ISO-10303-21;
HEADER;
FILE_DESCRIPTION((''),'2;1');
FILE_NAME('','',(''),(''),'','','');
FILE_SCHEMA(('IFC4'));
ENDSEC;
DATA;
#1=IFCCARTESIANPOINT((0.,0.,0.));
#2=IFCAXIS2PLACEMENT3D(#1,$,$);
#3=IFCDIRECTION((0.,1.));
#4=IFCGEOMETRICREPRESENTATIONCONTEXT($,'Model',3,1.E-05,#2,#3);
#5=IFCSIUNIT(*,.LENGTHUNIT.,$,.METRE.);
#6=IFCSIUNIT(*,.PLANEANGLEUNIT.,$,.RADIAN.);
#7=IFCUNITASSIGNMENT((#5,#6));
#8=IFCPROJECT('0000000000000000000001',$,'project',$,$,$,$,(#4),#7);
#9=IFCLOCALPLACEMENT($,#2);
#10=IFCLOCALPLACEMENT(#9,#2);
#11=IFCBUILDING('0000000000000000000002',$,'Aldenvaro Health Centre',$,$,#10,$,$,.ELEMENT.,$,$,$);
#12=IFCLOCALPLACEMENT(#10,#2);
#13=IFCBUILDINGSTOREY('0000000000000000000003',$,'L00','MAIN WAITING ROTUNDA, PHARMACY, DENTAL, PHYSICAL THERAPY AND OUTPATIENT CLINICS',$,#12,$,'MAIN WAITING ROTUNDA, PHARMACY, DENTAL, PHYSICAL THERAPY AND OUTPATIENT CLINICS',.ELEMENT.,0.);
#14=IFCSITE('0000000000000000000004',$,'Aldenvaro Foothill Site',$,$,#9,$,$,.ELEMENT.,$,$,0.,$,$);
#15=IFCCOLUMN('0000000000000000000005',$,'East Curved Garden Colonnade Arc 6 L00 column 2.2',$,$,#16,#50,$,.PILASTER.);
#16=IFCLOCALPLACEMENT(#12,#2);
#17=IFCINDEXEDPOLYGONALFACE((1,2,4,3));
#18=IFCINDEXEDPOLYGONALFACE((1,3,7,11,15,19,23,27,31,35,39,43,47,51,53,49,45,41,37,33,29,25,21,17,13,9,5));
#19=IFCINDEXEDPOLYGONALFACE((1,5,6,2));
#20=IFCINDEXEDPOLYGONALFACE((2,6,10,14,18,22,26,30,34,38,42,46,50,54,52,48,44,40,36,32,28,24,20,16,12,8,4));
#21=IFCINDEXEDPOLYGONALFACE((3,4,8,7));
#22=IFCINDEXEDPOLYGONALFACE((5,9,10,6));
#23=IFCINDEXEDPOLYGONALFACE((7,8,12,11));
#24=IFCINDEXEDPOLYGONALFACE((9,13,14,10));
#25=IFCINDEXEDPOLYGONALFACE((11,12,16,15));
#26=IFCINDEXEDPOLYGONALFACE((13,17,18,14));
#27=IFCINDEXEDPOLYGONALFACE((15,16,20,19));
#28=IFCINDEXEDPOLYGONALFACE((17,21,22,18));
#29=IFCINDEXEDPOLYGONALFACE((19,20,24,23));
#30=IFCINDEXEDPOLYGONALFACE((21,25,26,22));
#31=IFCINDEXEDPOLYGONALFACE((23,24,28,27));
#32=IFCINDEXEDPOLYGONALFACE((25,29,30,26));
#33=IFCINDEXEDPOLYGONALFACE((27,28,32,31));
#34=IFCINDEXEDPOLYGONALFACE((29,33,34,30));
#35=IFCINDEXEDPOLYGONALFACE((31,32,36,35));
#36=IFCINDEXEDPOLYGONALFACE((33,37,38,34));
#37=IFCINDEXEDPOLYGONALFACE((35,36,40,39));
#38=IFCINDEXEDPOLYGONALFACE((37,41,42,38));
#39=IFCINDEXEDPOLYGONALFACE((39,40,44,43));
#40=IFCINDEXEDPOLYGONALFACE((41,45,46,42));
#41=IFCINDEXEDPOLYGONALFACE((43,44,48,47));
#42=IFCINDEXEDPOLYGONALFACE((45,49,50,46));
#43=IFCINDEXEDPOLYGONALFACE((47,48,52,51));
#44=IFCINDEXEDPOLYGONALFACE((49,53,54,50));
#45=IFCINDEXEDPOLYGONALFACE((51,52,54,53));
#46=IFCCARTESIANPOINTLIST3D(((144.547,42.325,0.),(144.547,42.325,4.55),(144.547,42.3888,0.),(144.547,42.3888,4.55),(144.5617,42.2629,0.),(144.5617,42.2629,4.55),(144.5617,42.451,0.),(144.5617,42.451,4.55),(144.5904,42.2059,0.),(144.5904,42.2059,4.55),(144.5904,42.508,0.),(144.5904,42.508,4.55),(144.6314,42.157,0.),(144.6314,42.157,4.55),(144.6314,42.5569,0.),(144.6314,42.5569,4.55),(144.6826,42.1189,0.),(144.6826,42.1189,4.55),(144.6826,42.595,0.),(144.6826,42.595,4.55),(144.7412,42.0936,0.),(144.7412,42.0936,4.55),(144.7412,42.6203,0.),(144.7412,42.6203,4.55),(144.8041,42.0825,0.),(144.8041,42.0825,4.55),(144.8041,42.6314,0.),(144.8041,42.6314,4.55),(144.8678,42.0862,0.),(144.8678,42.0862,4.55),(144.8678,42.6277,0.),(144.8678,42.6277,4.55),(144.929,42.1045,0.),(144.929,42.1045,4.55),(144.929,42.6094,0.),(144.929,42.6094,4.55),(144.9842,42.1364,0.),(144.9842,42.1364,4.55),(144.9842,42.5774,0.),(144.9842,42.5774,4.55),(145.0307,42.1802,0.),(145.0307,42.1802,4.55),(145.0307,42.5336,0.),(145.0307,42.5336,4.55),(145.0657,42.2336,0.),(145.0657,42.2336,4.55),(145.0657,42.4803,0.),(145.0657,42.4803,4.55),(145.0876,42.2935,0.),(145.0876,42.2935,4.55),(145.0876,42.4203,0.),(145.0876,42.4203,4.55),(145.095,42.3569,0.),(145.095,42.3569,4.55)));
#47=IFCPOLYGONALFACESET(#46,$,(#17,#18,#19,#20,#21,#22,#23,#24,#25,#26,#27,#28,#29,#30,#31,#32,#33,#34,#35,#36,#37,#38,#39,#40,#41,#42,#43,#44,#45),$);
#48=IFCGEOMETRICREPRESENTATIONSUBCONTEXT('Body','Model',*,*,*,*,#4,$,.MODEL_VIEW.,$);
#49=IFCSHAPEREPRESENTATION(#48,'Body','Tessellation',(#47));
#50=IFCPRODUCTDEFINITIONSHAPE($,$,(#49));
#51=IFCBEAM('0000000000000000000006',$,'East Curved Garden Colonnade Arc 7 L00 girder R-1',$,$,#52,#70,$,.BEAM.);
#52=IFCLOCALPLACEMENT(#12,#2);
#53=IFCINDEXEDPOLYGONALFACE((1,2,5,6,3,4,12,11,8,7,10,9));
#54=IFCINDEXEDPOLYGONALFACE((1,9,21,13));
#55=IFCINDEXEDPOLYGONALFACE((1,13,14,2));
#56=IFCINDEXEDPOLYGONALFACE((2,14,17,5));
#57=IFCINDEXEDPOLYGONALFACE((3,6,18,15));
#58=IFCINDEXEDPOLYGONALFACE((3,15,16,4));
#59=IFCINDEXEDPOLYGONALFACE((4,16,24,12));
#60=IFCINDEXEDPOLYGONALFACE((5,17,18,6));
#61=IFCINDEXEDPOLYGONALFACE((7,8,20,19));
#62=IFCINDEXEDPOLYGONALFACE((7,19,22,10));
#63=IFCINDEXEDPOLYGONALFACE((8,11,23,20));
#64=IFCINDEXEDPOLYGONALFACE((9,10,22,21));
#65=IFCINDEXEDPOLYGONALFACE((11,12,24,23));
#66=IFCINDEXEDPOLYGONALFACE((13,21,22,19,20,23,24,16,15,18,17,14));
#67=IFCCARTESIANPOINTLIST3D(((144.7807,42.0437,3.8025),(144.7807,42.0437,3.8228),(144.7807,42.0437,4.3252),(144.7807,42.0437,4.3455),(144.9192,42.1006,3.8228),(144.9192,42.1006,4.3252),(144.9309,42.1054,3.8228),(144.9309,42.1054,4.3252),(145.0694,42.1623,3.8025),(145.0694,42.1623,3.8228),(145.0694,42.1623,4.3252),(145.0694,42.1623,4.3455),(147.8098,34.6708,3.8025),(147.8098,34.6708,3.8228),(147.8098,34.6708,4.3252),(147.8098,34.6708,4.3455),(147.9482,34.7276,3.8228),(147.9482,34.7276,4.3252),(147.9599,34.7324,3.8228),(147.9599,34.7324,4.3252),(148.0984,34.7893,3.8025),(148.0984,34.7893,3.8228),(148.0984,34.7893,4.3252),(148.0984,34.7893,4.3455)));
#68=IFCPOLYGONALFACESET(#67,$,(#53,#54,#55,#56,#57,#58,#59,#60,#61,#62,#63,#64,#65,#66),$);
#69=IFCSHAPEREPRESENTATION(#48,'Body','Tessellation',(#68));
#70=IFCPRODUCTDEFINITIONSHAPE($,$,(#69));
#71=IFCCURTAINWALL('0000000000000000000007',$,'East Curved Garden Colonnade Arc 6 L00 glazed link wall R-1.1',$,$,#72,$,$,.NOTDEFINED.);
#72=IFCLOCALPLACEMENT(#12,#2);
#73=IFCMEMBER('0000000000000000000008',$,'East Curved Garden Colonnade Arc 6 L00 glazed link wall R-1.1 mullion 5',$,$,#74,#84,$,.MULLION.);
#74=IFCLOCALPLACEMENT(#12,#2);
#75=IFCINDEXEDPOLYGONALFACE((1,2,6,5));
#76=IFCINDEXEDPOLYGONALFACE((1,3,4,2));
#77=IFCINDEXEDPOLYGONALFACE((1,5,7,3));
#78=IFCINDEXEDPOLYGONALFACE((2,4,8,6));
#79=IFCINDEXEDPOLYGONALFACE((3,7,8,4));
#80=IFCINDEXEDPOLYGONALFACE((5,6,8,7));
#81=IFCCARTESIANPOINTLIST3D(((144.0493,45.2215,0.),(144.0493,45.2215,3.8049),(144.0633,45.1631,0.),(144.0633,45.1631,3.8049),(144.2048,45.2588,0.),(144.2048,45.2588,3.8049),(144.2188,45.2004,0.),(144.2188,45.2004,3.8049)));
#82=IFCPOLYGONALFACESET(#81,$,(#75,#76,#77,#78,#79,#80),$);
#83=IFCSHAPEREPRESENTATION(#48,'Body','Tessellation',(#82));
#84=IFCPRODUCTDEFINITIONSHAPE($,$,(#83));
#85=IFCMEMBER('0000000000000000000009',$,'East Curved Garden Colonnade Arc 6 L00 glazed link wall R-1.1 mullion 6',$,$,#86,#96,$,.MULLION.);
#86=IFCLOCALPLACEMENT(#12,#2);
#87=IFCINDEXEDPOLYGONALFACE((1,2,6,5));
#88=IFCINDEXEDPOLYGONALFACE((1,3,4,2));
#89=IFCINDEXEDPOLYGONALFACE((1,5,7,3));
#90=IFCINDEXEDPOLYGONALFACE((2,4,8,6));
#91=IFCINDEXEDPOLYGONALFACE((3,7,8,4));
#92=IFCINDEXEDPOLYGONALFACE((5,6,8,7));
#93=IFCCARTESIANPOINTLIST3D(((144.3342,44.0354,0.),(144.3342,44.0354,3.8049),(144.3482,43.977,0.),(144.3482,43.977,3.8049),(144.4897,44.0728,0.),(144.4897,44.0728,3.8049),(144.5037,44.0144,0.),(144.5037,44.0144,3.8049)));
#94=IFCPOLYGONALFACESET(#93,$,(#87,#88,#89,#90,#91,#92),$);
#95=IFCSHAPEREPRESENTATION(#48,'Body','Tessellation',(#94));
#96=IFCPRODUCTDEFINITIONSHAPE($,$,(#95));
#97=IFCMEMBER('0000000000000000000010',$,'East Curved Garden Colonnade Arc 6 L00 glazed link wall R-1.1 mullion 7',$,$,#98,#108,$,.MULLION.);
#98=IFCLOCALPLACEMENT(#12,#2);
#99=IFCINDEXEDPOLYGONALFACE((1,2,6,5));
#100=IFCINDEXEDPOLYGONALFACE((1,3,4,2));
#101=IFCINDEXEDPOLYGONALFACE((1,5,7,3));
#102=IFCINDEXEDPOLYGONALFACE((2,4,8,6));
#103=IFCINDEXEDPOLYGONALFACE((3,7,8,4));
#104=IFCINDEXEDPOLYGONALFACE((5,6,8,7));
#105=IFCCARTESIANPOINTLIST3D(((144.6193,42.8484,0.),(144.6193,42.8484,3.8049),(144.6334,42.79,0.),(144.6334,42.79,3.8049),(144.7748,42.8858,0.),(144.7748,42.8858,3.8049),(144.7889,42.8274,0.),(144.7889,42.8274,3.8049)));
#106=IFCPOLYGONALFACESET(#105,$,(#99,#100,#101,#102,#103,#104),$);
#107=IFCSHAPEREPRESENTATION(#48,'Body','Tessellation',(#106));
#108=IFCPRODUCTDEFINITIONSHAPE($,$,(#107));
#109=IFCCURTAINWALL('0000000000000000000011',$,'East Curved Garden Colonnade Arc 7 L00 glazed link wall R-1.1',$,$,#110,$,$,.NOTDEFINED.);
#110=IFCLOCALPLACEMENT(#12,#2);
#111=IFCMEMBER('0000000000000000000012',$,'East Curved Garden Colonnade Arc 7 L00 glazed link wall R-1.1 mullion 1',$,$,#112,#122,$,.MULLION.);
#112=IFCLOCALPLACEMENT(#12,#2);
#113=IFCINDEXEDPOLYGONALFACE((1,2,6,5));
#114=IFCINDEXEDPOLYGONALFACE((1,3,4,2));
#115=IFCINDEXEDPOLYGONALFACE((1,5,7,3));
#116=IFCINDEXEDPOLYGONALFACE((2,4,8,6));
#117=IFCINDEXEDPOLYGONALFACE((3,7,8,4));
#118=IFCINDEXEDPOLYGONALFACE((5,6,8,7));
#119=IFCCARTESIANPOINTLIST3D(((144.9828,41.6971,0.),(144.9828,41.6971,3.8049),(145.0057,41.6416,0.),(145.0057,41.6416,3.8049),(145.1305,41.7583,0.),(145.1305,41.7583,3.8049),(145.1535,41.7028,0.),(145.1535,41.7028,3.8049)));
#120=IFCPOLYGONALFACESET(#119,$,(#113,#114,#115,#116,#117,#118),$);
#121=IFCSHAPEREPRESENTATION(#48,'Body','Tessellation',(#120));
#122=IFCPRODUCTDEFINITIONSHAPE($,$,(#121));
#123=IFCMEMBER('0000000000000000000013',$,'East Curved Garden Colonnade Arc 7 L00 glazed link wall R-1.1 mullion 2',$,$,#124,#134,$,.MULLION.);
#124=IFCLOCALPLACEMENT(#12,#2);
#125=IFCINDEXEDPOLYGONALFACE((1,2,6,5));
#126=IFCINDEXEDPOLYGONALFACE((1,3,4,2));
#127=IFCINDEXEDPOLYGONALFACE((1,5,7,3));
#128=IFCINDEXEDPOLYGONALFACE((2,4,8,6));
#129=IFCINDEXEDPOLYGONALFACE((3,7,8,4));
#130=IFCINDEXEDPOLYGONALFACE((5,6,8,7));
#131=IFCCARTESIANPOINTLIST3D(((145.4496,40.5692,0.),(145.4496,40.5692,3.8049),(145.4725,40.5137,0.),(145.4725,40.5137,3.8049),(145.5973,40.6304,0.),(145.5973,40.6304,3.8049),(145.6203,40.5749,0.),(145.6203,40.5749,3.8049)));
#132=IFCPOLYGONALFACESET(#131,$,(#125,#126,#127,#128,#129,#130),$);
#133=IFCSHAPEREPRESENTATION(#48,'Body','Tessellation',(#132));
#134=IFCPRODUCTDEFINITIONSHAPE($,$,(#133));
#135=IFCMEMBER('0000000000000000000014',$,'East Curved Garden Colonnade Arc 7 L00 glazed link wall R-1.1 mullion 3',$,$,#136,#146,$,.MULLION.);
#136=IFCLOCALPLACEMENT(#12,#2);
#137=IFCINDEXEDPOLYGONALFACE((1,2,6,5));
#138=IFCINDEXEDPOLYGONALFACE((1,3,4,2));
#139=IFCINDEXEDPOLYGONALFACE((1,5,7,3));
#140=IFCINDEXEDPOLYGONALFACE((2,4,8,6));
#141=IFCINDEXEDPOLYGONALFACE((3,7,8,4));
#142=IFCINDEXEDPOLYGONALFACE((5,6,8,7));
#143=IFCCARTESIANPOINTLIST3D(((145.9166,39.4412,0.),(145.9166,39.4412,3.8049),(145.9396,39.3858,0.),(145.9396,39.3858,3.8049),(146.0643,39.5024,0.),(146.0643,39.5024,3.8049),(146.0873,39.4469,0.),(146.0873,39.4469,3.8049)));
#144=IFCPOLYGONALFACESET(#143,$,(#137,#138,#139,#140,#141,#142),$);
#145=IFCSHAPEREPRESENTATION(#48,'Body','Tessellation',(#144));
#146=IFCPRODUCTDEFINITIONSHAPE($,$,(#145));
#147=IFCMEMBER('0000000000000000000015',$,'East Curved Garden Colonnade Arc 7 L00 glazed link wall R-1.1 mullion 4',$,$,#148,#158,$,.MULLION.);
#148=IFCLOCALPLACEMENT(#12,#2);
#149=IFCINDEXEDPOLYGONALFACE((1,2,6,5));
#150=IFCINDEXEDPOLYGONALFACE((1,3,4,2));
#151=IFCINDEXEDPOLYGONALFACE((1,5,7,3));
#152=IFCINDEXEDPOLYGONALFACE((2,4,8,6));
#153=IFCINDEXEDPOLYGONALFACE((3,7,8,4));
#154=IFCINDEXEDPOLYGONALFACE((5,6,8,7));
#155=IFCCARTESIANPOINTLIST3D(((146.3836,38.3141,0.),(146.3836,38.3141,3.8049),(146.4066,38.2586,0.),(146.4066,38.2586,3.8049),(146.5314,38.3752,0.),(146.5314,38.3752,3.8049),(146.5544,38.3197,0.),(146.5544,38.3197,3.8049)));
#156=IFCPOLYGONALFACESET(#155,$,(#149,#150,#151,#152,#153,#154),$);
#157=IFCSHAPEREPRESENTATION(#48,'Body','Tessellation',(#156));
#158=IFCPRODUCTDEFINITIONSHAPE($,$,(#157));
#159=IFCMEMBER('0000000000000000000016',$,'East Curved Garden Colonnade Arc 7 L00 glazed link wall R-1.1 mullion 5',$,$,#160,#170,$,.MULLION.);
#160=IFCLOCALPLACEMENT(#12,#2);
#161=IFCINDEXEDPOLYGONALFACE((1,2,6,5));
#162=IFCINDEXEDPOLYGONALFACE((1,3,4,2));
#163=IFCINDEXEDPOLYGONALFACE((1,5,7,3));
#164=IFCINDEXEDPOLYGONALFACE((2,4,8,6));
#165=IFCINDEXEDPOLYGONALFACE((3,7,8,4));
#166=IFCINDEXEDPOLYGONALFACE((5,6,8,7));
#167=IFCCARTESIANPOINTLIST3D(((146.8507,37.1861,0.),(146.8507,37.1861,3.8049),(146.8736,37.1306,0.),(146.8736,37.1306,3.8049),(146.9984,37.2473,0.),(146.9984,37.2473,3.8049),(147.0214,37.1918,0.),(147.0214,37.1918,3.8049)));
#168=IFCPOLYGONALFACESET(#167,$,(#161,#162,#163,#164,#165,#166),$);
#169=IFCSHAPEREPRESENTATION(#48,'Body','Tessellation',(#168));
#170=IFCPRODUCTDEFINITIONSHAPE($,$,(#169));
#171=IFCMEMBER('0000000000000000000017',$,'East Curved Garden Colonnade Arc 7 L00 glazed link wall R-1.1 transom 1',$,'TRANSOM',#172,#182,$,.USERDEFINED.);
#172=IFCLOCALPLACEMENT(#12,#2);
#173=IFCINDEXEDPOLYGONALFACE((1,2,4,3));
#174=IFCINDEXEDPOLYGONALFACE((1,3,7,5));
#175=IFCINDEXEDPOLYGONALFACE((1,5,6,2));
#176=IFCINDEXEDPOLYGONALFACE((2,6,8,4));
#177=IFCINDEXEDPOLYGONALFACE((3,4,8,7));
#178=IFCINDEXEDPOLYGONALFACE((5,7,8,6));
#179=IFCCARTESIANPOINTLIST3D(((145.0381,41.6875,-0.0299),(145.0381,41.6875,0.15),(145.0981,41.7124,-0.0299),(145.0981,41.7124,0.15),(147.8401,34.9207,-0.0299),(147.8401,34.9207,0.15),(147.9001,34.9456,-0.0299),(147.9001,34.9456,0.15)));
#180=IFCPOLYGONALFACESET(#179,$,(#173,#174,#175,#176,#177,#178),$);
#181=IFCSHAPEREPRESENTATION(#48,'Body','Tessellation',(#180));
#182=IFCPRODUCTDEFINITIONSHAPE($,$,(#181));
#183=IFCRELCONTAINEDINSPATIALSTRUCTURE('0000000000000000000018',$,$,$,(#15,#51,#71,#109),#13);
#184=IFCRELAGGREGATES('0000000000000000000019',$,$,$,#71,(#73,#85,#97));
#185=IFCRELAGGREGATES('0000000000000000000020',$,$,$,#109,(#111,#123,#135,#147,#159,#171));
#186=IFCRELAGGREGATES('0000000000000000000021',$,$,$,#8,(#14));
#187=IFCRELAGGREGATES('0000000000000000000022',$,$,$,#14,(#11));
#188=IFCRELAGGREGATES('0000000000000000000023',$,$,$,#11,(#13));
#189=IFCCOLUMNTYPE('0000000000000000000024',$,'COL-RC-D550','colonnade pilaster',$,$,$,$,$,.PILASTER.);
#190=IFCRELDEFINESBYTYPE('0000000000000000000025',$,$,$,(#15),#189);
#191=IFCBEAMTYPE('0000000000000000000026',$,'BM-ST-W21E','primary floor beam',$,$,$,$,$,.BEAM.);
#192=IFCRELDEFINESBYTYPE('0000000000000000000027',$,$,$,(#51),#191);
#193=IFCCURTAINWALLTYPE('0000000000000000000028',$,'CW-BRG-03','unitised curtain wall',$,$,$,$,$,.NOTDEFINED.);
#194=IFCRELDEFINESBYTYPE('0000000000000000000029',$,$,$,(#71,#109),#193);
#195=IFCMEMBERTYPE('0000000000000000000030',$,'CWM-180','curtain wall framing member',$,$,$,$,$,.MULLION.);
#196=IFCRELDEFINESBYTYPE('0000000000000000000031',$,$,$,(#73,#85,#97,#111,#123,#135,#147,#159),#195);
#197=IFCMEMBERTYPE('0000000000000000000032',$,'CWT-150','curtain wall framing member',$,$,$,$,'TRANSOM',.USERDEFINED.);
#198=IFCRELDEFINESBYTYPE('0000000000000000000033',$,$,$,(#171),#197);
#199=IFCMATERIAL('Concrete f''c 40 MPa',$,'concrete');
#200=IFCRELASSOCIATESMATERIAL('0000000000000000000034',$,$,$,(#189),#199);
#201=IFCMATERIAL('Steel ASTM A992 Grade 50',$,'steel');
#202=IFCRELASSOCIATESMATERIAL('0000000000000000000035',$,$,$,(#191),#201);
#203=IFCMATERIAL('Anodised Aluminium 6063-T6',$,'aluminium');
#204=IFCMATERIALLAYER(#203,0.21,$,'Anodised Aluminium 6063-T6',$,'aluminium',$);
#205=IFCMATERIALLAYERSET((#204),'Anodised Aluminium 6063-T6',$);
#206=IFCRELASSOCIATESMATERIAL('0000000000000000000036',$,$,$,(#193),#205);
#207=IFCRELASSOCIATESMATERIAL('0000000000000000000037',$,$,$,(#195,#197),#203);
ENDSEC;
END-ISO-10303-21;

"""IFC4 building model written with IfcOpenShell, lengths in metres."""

from ifc_helpers import new_model, si_unit, direction, frame, origin, origin_2d, place, context, subcontext, project, spatial, rectangle, circle, i_section, extrude, material, layer, layer_set, material_profile, profile_set, type_object, element, aggregate, save


model = new_model("IFC4")

# Units and contexts
model_context = context("Model", 3, precision=1e-05, world=origin(), true_north=direction((0.0, 1.0)))
body_context = subcontext(model_context, "Body", "Model", "MODEL_VIEW")
ifc_project = project(units=[si_unit("LENGTHUNIT", "METRE"), si_unit("PLANEANGLEUNIT", "RADIAN")], contexts=[model_context])

# Site, building, storey
site_placement = place(None, origin())
site = spatial("IfcSite", under=ifc_project, at=site_placement, Name="Aldenvaro Foothill Site", CompositionType="ELEMENT", RefElevation=0.0)
building_placement = place(site_placement, origin())
building = spatial("IfcBuilding", under=site, at=building_placement, Name="Aldenvaro Health Centre", CompositionType="ELEMENT")
storey_placement = place(building_placement, origin())
storey = spatial("IfcBuildingStorey", under=building, at=storey_placement, Name="L00", Description="MAIN WAITING ROTUNDA, PHARMACY, DENTAL, PHYSICAL THERAPY AND OUTPATIENT CLINICS", LongName="MAIN WAITING ROTUNDA, PHARMACY, DENTAL, PHYSICAL THERAPY AND OUTPATIENT CLINICS", CompositionType="ELEMENT", Elevation=0.0)

# Column
ifc_material_1 = material(Name="Concrete f'c 40 MPa", Category="concrete")
ifc_material_profile_1 = material_profile(ifc_material_1, circle(Radius=0.2749, at=origin_2d()), Name="RC D550", Category="concrete")
ifc_profile_set_1 = profile_set([ifc_material_profile_1], Name="Concrete f'c 40 MPa")
column_type = type_object("IfcColumnType", Name="COL-RC-D550", Description="colonnade pilaster", PredefinedType="PILASTER", material=ifc_profile_set_1)
column_placement = place(storey_placement, frame((144.8201, 42.3569, 0.0), z_axis=(0.0, 0.0, 1.0), x_axis=(1.0, 0.0, 0.0)))
element("IfcColumn", 1, at=column_placement, inside=storey, type_object=column_type, Name="East Curved Garden Colonnade Arc 6 L00 column 2.2", PredefinedType="PILASTER", context=body_context, shape_type="SweptSolid", body=[
    extrude(circle(Radius=0.2749, at=origin_2d()), origin(), (0.0, 0.0, 1.0), 4.55),
])

# Beam
ifc_material_2 = material(Name="Steel ASTM A992 Grade 50", Category="steel")
ifc_material_profile_2 = material_profile(ifc_material_2, i_section(OverallWidth=0.312, OverallDepth=0.543, WebThickness=0.0127, FlangeThickness=0.0203, at=origin_2d()), Name="W21X101", Category="steel")
ifc_profile_set_2 = profile_set([ifc_material_profile_2], Name="Steel ASTM A992 Grade 50")
beam_type = type_object("IfcBeamType", Name="BM-ST-W21E", Description="primary floor beam", PredefinedType="BEAM", material=ifc_profile_set_2)
beam_placement = place(storey_placement, frame((144.925, 42.103, 4.074), z_axis=(0.380009, -0.924983, 0.0), x_axis=(0.924983, 0.380009, 0.0)))
element("IfcBeam", 2, at=beam_placement, inside=storey, type_object=beam_type, Name="East Curved Garden Colonnade Arc 7 L00 girder R-1", PredefinedType="BEAM", context=body_context, shape_type="SweptSolid", body=[
    extrude(i_section(OverallWidth=0.312, OverallDepth=0.543, WebThickness=0.0127, FlangeThickness=0.0203, at=origin_2d()), origin(), (0.0, 0.0, 1.0), 7.9709),
])

# Curtain walls, members
ifc_material_3 = material(Name="Anodised Aluminium 6063-T6", Category="aluminium")
ifc_layer_1 = layer(ifc_material_3, 0.21, Name="Anodised Aluminium 6063-T6", Category="aluminium")
ifc_layer_set_1 = layer_set([ifc_layer_1], Name="Anodised Aluminium 6063-T6")
curtain_wall_type = type_object("IfcCurtainWallType", Name="CW-BRG-03", Description="unitised curtain wall", PredefinedType="NOTDEFINED", material=ifc_layer_set_1)
curtain_wall_1_placement = place(storey_placement, origin())
curtain_wall_1 = element("IfcCurtainWall", 3, at=curtain_wall_1_placement, inside=storey, type_object=curtain_wall_type, Name="East Curved Garden Colonnade Arc 6 L00 glazed link wall R-1.1", PredefinedType="NOTDEFINED")
ifc_material_profile_3 = material_profile(ifc_material_3, rectangle(XDim=0.0601, YDim=0.1599, at=origin_2d()), Name="ALU 60x160", Category="aluminium")
ifc_profile_set_3 = profile_set([ifc_material_profile_3], Name="Anodised Aluminium 6063-T6")
member_type_1 = type_object("IfcMemberType", Name="CWM-180", Description="curtain wall framing member", PredefinedType="MULLION", material=ifc_profile_set_3)
member_1_placement = place(storey_placement, frame((144.134, 45.2109, 0.0), z_axis=(0.0, 0.0, 1.0), x_axis=(0.233528, -0.97235, 0.0)))
member_1 = element("IfcMember", 4, at=member_1_placement, type_object=member_type_1, Name="East Curved Garden Colonnade Arc 6 L00 glazed link wall R-1.1 mullion 5", PredefinedType="MULLION", context=body_context, shape_type="SweptSolid", body=[
    extrude(rectangle(XDim=0.0601, YDim=0.1599, at=origin_2d()), origin(), (0.0, 0.0, 1.0), 3.8049),
])
member_2_placement = place(storey_placement, frame((144.4189, 44.0249, 0.0), z_axis=(0.0, 0.0, 1.0), x_axis=(0.233528, -0.97235, 0.0)))
member_2 = element("IfcMember", 5, at=member_2_placement, type_object=member_type_1, Name="East Curved Garden Colonnade Arc 6 L00 glazed link wall R-1.1 mullion 6", PredefinedType="MULLION", context=body_context, shape_type="SweptSolid", body=[
    extrude(rectangle(XDim=0.0601, YDim=0.1599, at=origin_2d()), origin(), (0.0, 0.0, 1.0), 3.8049),
])
member_3_placement = place(storey_placement, frame((144.7041, 42.8379, 0.0), z_axis=(0.0, 0.0, 1.0), x_axis=(0.233528, -0.97235, 0.0)))
member_3 = element("IfcMember", 6, at=member_3_placement, type_object=member_type_1, Name="East Curved Garden Colonnade Arc 6 L00 glazed link wall R-1.1 mullion 7", PredefinedType="MULLION", context=body_context, shape_type="SweptSolid", body=[
    extrude(rectangle(XDim=0.0601, YDim=0.1599, at=origin_2d()), origin(), (0.0, 0.0, 1.0), 3.8049),
])
curtain_wall_2_placement = place(storey_placement, origin())
curtain_wall_2 = element("IfcCurtainWall", 7, at=curtain_wall_2_placement, inside=storey, type_object=curtain_wall_type, Name="East Curved Garden Colonnade Arc 7 L00 glazed link wall R-1.1", PredefinedType="NOTDEFINED")
member_4_placement = place(storey_placement, frame((145.0681, 41.7, 0.0), z_axis=(0.0, 0.0, 1.0), x_axis=(0.382569, -0.923927, 0.0)))
member_4 = element("IfcMember", 8, at=member_4_placement, type_object=member_type_1, Name="East Curved Garden Colonnade Arc 7 L00 glazed link wall R-1.1 mullion 1", PredefinedType="MULLION", context=body_context, shape_type="SweptSolid", body=[
    extrude(rectangle(XDim=0.0601, YDim=0.1599, at=origin_2d()), origin(), (0.0, 0.0, 1.0), 3.8049),
])
member_5_placement = place(storey_placement, frame((145.5349, 40.572, 0.0), z_axis=(0.0, 0.0, 1.0), x_axis=(0.382569, -0.923927, 0.0)))
member_5 = element("IfcMember", 9, at=member_5_placement, type_object=member_type_1, Name="East Curved Garden Colonnade Arc 7 L00 glazed link wall R-1.1 mullion 2", PredefinedType="MULLION", context=body_context, shape_type="SweptSolid", body=[
    extrude(rectangle(XDim=0.0601, YDim=0.1599, at=origin_2d()), origin(), (0.0, 0.0, 1.0), 3.8049),
])
member_6_placement = place(storey_placement, frame((146.002, 39.4441, 0.0), z_axis=(0.0, 0.0, 1.0), x_axis=(0.382569, -0.923927, 0.0)))
member_6 = element("IfcMember", 10, at=member_6_placement, type_object=member_type_1, Name="East Curved Garden Colonnade Arc 7 L00 glazed link wall R-1.1 mullion 3", PredefinedType="MULLION", context=body_context, shape_type="SweptSolid", body=[
    extrude(rectangle(XDim=0.0601, YDim=0.1599, at=origin_2d()), origin(), (0.0, 0.0, 1.0), 3.8049),
])
member_7_placement = place(storey_placement, frame((146.469, 38.3169, 0.0), z_axis=(0.0, 0.0, 1.0), x_axis=(0.382569, -0.923927, 0.0)))
member_7 = element("IfcMember", 11, at=member_7_placement, type_object=member_type_1, Name="East Curved Garden Colonnade Arc 7 L00 glazed link wall R-1.1 mullion 4", PredefinedType="MULLION", context=body_context, shape_type="SweptSolid", body=[
    extrude(rectangle(XDim=0.0601, YDim=0.1599, at=origin_2d()), origin(), (0.0, 0.0, 1.0), 3.8049),
])
member_8_placement = place(storey_placement, frame((146.936, 37.189, 0.0), z_axis=(0.0, 0.0, 1.0), x_axis=(0.382569, -0.923927, 0.0)))
member_8 = element("IfcMember", 12, at=member_8_placement, type_object=member_type_1, Name="East Curved Garden Colonnade Arc 7 L00 glazed link wall R-1.1 mullion 5", PredefinedType="MULLION", context=body_context, shape_type="SweptSolid", body=[
    extrude(rectangle(XDim=0.0601, YDim=0.1599, at=origin_2d()), origin(), (0.0, 0.0, 1.0), 3.8049),
])
ifc_material_profile_4 = material_profile(ifc_material_3, rectangle(XDim=0.0649, YDim=0.1799, at=origin_2d()), Name="ALU 65x180", Category="aluminium")
ifc_profile_set_4 = profile_set([ifc_material_profile_4], Name="Anodised Aluminium 6063-T6")
member_type_2 = type_object("IfcMemberType", Name="CWT-150", Description="curtain wall framing member", ElementType="TRANSOM", PredefinedType="USERDEFINED", material=ifc_profile_set_4)
member_9_placement = place(storey_placement, frame((145.0681, 41.7, 0.0601), z_axis=(0.382577, -0.923924, 0.0), x_axis=(0.923924, 0.382577, 0.0)))
member_9 = element("IfcMember", 13, at=member_9_placement, type_object=member_type_2, Name="East Curved Garden Colonnade Arc 7 L00 glazed link wall R-1.1 transom 1", ObjectType="TRANSOM", PredefinedType="USERDEFINED", context=body_context, shape_type="SweptSolid", body=[
    extrude(rectangle(XDim=0.0649, YDim=0.1799, at=origin_2d()), origin(), (0.0, 0.0, 1.0), 7.324),
])

aggregate(curtain_wall_1, [member_1, member_2, member_3])
aggregate(curtain_wall_2, [member_4, member_5, member_6, member_7, member_8, member_9])

save(model, "model.ifc")
